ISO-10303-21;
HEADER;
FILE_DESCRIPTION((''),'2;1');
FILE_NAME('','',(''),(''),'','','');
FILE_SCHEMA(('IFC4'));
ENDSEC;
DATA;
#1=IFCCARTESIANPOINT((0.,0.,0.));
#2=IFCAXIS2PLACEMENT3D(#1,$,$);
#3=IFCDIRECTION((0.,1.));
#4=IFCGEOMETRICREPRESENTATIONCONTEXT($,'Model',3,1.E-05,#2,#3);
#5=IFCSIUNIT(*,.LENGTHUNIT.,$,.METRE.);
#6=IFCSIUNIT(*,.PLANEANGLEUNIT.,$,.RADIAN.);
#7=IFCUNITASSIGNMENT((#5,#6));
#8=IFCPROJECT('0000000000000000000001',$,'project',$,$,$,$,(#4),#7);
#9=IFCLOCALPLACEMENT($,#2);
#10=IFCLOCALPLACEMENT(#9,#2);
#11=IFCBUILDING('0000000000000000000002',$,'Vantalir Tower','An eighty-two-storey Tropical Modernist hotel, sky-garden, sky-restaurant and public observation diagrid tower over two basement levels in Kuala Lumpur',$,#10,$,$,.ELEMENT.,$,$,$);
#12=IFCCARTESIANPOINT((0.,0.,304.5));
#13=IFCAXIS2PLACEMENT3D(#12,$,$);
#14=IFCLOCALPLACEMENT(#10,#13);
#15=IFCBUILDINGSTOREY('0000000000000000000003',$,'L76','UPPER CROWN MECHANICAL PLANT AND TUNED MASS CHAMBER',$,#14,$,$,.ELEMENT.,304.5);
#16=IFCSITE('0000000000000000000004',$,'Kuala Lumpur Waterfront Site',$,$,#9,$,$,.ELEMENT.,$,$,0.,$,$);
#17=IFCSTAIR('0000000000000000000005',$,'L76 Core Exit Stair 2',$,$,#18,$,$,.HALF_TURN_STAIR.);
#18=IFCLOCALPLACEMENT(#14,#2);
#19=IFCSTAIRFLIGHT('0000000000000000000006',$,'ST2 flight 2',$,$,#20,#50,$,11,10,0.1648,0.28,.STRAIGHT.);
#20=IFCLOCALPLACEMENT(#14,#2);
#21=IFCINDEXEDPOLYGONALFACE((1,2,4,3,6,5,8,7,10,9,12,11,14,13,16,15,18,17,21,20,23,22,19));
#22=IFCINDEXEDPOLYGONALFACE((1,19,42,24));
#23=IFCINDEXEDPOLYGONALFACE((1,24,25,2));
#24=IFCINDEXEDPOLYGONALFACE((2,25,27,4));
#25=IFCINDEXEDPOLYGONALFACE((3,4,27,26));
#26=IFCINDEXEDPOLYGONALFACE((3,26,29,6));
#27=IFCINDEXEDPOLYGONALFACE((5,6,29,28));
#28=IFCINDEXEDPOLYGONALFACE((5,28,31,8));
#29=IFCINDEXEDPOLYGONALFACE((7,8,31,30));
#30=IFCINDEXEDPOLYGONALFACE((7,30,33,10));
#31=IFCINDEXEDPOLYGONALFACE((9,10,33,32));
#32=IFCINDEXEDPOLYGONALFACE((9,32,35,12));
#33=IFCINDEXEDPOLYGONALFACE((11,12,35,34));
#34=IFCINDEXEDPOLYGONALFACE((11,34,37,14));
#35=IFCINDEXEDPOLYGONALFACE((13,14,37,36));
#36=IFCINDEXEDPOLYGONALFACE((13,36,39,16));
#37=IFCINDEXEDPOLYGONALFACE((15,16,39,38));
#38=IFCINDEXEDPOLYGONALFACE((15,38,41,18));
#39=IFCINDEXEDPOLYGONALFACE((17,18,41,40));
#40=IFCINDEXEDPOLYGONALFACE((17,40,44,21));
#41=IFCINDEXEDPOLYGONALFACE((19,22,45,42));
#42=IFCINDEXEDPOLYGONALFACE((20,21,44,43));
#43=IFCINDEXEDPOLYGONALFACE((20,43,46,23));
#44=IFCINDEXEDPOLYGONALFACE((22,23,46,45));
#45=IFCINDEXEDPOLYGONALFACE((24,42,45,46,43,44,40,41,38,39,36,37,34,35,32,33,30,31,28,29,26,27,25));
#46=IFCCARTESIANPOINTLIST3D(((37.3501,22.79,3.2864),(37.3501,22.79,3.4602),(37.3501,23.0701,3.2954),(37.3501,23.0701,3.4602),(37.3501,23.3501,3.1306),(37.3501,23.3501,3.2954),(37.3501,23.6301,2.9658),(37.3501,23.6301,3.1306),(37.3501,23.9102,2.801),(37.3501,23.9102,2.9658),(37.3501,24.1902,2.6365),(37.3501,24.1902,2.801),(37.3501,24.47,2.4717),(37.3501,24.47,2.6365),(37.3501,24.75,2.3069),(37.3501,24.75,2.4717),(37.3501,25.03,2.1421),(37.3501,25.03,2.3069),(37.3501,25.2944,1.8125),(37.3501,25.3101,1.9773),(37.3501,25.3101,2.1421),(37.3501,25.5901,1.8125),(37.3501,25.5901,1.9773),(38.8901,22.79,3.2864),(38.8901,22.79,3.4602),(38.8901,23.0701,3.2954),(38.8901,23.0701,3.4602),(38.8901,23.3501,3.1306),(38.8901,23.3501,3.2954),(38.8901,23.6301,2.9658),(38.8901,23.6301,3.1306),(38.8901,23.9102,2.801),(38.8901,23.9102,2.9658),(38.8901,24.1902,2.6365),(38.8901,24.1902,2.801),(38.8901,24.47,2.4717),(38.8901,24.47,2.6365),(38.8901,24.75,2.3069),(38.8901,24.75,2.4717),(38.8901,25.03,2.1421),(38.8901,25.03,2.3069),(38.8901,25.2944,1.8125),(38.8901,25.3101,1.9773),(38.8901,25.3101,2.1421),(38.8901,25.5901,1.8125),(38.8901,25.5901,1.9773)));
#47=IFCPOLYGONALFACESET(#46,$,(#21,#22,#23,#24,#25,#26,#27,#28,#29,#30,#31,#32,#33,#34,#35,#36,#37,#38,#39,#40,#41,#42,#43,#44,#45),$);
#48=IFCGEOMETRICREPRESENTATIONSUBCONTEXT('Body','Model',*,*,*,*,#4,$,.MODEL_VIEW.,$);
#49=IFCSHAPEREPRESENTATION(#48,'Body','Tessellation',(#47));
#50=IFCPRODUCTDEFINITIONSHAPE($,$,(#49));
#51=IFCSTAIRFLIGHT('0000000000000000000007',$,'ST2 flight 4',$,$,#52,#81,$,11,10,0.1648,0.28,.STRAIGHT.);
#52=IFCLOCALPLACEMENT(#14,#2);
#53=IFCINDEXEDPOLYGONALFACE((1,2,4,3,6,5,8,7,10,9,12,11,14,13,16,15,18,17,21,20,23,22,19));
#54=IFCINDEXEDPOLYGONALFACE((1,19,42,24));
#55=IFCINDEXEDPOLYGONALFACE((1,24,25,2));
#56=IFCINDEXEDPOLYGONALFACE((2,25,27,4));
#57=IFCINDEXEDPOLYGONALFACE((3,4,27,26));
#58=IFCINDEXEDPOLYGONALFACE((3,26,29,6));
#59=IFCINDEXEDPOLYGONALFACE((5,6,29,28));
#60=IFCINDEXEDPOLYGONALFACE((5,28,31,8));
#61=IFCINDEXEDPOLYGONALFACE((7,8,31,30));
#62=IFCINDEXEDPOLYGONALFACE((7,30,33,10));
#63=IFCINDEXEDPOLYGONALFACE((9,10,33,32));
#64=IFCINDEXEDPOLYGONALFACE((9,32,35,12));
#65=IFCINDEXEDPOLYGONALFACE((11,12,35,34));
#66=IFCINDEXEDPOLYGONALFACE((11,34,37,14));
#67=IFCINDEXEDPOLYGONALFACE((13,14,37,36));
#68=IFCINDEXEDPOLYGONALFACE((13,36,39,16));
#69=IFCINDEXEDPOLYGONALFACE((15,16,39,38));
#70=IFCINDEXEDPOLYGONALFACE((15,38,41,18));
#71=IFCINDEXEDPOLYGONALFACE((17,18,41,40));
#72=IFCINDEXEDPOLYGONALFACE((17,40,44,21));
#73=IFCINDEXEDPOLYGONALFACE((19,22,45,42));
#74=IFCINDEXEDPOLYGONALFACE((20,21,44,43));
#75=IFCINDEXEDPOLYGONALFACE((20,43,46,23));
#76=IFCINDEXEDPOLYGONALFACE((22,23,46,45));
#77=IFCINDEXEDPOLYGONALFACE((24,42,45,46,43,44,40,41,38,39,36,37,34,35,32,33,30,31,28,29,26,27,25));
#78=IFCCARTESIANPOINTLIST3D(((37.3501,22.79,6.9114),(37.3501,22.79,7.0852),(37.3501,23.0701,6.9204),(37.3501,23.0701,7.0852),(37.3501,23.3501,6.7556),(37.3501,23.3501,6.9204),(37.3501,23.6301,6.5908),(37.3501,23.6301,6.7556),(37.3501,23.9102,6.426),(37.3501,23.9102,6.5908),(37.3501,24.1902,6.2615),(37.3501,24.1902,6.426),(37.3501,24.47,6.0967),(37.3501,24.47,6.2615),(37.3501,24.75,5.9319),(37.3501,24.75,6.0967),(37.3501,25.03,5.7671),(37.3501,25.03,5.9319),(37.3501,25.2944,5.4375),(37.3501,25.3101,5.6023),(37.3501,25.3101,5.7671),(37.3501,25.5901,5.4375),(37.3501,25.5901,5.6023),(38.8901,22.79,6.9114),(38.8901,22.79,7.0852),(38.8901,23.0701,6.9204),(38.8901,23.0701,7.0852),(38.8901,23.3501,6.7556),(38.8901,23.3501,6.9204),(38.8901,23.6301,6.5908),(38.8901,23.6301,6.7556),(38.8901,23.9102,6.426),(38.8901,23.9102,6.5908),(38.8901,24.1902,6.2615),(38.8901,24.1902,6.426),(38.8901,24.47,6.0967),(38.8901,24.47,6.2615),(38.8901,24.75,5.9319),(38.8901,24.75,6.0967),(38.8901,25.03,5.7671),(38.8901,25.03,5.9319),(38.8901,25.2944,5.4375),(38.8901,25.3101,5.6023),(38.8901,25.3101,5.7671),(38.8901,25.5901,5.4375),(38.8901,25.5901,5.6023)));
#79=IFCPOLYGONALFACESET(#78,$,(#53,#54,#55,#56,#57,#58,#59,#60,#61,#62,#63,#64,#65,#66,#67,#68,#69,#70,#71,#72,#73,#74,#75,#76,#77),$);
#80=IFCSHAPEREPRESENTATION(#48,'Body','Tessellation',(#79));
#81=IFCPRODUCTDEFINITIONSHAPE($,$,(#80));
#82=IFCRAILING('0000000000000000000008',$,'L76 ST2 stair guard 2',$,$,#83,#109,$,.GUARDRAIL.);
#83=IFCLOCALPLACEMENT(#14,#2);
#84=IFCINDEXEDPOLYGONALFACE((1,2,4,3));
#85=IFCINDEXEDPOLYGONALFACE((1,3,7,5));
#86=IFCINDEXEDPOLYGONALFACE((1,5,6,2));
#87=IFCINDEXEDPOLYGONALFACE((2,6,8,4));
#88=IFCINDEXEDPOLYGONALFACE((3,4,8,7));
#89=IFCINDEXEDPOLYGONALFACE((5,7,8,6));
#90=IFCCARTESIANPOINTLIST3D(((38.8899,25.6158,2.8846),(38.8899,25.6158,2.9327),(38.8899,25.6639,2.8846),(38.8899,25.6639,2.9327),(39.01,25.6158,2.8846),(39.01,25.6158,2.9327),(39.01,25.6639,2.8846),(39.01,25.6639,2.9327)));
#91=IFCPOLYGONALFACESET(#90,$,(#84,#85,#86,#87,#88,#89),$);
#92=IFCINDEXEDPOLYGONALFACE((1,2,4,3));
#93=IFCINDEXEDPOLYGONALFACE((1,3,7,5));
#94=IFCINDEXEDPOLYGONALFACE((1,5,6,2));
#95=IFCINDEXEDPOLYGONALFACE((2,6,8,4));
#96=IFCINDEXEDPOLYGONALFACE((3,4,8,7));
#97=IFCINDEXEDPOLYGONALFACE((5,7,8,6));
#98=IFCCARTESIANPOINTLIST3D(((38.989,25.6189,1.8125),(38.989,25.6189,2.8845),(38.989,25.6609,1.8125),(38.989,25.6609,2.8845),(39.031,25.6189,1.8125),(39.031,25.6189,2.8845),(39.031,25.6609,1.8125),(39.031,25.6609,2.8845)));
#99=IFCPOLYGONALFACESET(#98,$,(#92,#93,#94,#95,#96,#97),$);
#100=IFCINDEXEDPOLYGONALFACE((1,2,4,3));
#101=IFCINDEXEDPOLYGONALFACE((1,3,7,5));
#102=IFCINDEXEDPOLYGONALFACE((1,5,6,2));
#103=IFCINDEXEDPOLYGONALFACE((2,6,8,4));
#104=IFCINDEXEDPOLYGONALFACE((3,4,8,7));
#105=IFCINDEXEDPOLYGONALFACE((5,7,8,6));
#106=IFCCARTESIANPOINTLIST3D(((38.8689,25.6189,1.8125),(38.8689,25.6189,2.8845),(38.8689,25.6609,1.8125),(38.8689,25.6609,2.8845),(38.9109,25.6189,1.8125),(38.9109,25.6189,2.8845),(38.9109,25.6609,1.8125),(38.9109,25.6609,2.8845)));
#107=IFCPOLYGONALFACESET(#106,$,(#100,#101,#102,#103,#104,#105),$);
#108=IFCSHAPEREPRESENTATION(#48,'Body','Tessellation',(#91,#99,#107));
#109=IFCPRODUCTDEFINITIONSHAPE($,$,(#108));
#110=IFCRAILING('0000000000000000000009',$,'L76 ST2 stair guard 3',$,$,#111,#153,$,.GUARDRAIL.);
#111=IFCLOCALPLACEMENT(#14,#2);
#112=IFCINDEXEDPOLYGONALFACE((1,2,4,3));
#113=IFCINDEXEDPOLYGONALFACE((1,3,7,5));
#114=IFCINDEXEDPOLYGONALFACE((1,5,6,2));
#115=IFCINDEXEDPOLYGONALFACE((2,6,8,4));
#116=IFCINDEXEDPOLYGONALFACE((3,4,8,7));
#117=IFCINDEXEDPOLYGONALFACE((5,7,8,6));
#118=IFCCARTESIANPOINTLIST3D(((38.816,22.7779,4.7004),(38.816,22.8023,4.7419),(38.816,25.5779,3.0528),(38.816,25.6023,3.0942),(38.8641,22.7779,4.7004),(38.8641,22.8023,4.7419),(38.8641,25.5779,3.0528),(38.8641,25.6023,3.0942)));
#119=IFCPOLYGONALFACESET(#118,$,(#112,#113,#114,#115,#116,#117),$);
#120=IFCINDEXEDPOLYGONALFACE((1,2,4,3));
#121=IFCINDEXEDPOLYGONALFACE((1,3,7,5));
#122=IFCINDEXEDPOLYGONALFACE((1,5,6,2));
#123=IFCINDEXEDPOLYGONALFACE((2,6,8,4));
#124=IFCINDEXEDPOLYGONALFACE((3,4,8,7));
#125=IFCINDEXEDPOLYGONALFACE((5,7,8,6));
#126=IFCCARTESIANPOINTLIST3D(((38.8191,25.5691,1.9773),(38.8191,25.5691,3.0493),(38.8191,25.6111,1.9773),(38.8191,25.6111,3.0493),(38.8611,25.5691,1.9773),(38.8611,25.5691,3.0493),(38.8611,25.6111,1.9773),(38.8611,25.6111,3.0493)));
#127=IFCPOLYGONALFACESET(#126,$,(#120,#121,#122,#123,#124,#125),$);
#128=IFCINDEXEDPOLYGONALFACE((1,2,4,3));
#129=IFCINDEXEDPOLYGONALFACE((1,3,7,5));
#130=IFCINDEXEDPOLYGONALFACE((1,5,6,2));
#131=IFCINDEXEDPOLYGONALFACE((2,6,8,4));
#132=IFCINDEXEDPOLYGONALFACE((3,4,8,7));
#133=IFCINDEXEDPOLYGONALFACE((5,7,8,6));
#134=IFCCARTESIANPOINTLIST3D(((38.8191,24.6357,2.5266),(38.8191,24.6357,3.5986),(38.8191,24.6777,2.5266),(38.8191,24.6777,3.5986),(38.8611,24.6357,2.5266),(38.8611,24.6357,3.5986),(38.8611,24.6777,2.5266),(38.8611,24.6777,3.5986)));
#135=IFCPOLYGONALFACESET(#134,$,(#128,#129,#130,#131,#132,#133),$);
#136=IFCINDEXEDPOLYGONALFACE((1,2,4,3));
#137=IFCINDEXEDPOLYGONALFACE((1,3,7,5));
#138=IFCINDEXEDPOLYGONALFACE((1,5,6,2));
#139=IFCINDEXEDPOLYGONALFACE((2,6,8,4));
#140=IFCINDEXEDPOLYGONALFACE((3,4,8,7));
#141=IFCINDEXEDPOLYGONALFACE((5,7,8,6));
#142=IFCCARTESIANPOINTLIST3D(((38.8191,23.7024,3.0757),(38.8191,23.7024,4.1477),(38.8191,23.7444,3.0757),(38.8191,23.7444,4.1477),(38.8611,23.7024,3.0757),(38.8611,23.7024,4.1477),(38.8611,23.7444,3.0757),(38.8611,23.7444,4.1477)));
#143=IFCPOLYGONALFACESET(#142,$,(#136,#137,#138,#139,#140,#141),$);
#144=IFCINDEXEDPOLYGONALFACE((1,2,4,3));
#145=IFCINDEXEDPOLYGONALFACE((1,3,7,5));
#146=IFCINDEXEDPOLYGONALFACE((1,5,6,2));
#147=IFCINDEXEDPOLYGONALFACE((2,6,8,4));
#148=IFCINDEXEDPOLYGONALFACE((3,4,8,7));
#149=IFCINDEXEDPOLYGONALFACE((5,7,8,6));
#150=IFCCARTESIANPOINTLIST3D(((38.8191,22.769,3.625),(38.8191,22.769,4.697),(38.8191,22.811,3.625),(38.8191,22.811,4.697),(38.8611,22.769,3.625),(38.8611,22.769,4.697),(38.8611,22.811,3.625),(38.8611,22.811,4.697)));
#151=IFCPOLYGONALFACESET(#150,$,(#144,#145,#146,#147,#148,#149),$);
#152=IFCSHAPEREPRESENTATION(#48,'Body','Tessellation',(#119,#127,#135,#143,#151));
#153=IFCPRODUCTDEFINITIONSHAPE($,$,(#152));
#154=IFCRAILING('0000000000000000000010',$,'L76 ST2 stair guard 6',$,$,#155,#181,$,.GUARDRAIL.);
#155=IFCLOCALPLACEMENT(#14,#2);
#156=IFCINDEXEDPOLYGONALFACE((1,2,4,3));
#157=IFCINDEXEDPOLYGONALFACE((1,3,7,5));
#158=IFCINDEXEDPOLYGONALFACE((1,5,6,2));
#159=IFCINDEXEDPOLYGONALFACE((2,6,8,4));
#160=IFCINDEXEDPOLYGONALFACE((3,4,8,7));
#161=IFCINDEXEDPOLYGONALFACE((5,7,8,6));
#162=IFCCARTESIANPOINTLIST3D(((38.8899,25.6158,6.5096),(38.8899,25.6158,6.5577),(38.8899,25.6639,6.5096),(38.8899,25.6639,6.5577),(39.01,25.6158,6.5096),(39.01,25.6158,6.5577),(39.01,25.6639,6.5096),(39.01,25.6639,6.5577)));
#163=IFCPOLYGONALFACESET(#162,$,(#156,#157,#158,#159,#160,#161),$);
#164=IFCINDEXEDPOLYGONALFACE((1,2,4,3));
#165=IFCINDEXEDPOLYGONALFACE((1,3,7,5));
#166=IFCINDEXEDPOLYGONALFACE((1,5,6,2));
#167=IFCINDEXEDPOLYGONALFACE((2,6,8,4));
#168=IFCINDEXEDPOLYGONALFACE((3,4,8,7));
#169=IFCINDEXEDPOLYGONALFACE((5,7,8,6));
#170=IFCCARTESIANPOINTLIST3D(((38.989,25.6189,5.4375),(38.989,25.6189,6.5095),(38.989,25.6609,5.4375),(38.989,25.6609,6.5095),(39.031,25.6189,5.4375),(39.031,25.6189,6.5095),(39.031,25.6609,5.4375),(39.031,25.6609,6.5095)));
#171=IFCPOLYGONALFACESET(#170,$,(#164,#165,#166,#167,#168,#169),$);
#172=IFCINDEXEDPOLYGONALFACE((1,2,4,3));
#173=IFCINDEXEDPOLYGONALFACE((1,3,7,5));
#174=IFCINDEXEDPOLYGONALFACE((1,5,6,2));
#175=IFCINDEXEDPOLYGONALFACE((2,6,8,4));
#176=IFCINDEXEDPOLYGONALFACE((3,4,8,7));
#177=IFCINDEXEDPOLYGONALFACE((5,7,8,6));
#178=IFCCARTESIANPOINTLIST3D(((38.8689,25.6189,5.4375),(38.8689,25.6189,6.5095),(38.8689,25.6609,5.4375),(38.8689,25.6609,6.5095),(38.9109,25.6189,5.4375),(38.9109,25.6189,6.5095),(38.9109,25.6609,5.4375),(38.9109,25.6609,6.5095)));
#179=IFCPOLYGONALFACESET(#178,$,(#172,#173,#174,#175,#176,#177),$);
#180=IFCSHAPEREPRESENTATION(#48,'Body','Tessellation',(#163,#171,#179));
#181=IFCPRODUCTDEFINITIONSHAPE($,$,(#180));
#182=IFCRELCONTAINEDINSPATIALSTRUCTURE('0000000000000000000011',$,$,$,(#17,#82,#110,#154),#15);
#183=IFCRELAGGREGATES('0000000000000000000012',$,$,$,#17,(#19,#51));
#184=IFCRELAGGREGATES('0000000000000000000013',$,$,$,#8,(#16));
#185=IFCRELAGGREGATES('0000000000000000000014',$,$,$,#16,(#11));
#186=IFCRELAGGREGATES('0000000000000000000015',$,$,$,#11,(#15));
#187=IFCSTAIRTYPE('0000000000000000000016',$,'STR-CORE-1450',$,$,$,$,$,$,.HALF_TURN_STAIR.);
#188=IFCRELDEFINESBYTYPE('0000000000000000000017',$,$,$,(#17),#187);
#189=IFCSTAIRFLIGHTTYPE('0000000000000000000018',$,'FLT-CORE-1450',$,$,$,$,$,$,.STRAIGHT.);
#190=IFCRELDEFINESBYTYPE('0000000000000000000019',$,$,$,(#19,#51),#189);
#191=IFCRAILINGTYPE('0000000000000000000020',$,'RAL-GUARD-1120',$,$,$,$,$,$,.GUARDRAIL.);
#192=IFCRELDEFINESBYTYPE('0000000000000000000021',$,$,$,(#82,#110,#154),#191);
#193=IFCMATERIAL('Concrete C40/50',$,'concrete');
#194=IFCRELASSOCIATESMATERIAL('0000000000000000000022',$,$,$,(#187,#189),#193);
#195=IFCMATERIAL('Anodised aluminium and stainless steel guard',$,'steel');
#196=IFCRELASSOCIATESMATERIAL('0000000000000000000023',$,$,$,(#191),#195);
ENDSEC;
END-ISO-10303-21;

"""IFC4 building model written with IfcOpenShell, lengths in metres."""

from ifc_helpers import new_model, si_unit, direction, frame, origin, origin_2d, place, context, subcontext, project, spatial, polyline, rectangle, outline, extrude, material, type_object, element, aggregate, save


model = new_model("IFC4")

# Units and contexts
model_context = context("Model", 3, precision=1e-05, world=origin(), true_north=direction((0.0, 1.0)))
body_context = subcontext(model_context, "Body", "Model", "MODEL_VIEW")
ifc_project = project(units=[si_unit("LENGTHUNIT", "METRE"), si_unit("PLANEANGLEUNIT", "RADIAN")], contexts=[model_context])

# Site, building, storey
site_placement = place(None, origin())
site = spatial("IfcSite", under=ifc_project, at=site_placement, Name="Kuala Lumpur Waterfront Site", CompositionType="ELEMENT", RefElevation=0.0)
building_placement = place(site_placement, origin())
building = spatial("IfcBuilding", under=site, at=building_placement, Name="Vantalir Tower", Description="An eighty-two-storey Tropical Modernist hotel, sky-garden, sky-restaurant and public observation diagrid tower over two basement levels in Kuala Lumpur", CompositionType="ELEMENT")
storey_placement = place(building_placement, frame((0.0, 0.0, 304.5)))
storey = spatial("IfcBuildingStorey", under=building, at=storey_placement, Name="L76", Description="UPPER CROWN MECHANICAL PLANT AND TUNED MASS CHAMBER", CompositionType="ELEMENT", Elevation=304.5)

# Stair, stair flights
ifc_material_1 = material(Name="Concrete C40/50", Category="concrete")
stair_type = type_object("IfcStairType", Name="STR-CORE-1450", PredefinedType="HALF_TURN_STAIR", material=ifc_material_1)
stair_placement = place(storey_placement, origin())
stair = element("IfcStair", 1, at=stair_placement, inside=storey, type_object=stair_type, Name="L76 Core Exit Stair 2", PredefinedType="HALF_TURN_STAIR")
stair_flight_type = type_object("IfcStairFlightType", Name="FLT-CORE-1450", PredefinedType="STRAIGHT", material=ifc_material_1)
stair_flight_1_placement = place(storey_placement, frame((38.1201, 25.5901, 1.8125), z_axis=(0.0, 0.0, 1.0), x_axis=(0.0, -1.0, 0.0)))
stair_flight_1 = element("IfcStairFlight", 2, at=stair_flight_1_placement, type_object=stair_flight_type, Name="ST2 flight 2", NumberOfRisers=11, NumberOfTreads=10, PredefinedType="STRAIGHT", RiserHeight=0.1648, TreadLength=0.28, context=body_context, shape_type="SweptSolid", body=[
    extrude(outline(polyline([(0.0, 0.0), (0.0, 0.1648), (0.28, 0.1648), (0.28, 0.3296), (0.5601, 0.3296), (0.5601, 0.4944), (0.8401, 0.4944), (0.8401, 0.6592), (1.1201, 0.6592), (1.1201, 0.824), (1.3999, 0.824), (1.3999, 0.9885), (1.6799, 0.9885), (1.6799, 1.1533), (1.96, 1.1533), (1.96, 1.3181), (2.24, 1.3181), (2.24, 1.4829), (2.52, 1.4829), (2.52, 1.6477), (2.8, 1.6477), (2.8, 1.8125), (2.8, 1.4739), (0.2957, 0.0), (0.0, 0.0)])), frame((0.0, 0.77, 0.0), z_axis=(0.0, -1.0, 0.0), x_axis=(1.0, 0.0, 0.0)), (0.0, 0.0, 1.0), 1.54),
])
stair_flight_2_placement = place(storey_placement, frame((38.1201, 25.5901, 5.4375), z_axis=(0.0, 0.0, 1.0), x_axis=(0.0, -1.0, 0.0)))
stair_flight_2 = element("IfcStairFlight", 3, at=stair_flight_2_placement, type_object=stair_flight_type, Name="ST2 flight 4", NumberOfRisers=11, NumberOfTreads=10, PredefinedType="STRAIGHT", RiserHeight=0.1648, TreadLength=0.28, context=body_context, shape_type="SweptSolid", body=[
    extrude(outline(polyline([(0.0, 0.0), (0.0, 0.1648), (0.28, 0.1648), (0.28, 0.3296), (0.5601, 0.3296), (0.5601, 0.4944), (0.8401, 0.4944), (0.8401, 0.6592), (1.1201, 0.6592), (1.1201, 0.824), (1.3999, 0.824), (1.3999, 0.9885), (1.6799, 0.9885), (1.6799, 1.1533), (1.96, 1.1533), (1.96, 1.3181), (2.24, 1.3181), (2.24, 1.4829), (2.52, 1.4829), (2.52, 1.6477), (2.8, 1.6477), (2.8, 1.8125), (2.8, 1.4739), (0.2957, 0.0), (0.0, 0.0)])), frame((0.0, 0.77, 0.0), z_axis=(0.0, -1.0, 0.0), x_axis=(1.0, 0.0, 0.0)), (0.0, 0.0, 1.0), 1.54),
])
aggregate(stair, [stair_flight_1, stair_flight_2])

# Railings
ifc_material_2 = material(Name="Anodised aluminium and stainless steel guard", Category="steel")
railing_type_1 = type_object("IfcRailingType", Name="RAL-GUARD-1120", PredefinedType="GUARDRAIL", material=ifc_material_2)
railing_1_placement = place(storey_placement, frame((39.01, 25.6399, 1.8125)))
element("IfcRailing", 4, at=railing_1_placement, inside=storey, type_object=railing_type_1, Name="L76 ST2 stair guard 2", PredefinedType="GUARDRAIL", context=body_context, shape_type="SweptSolid", body=[
    extrude(rectangle(XDim=0.0481, YDim=0.0481, at=origin_2d()), frame((0.0, 0.0, 1.0962), z_axis=(-1.0, 0.0, 0.0), x_axis=(0.0, -1.0, 0.0)), (0.0, 0.0, 1.0), 0.1201),
    extrude(rectangle(XDim=0.042, YDim=0.042, at=origin_2d()), origin(), (0.0, 0.0, 1.0), 1.072),
    extrude(rectangle(XDim=0.042, YDim=0.042, at=origin_2d()), frame((-0.1201, 0.0, 0.0)), (0.0, 0.0, 1.0), 1.072),
])
railing_2_placement = place(storey_placement, frame((38.8401, 25.5901, 1.9773)))
element("IfcRailing", 5, at=railing_2_placement, inside=storey, type_object=railing_type_1, Name="L76 ST2 stair guard 3", PredefinedType="GUARDRAIL", context=body_context, shape_type="SweptSolid", body=[
    extrude(rectangle(XDim=0.0481, YDim=0.0481, at=origin_2d()), frame((0.0, 0.0, 1.0962), z_axis=(0.0, -0.861851, 0.507161), x_axis=(1.0, 0.0, 0.0)), (0.0, 0.0, 1.0), 3.2488),
    extrude(rectangle(XDim=0.042, YDim=0.042, at=origin_2d()), origin(), (0.0, 0.0, 1.0), 1.072),
    extrude(rectangle(XDim=0.042, YDim=0.042, at=origin_2d()), frame((0.0, -0.9333, 0.5493)), (0.0, 0.0, 1.0), 1.072),
    extrude(rectangle(XDim=0.042, YDim=0.042, at=origin_2d()), frame((0.0, -1.8667, 1.0984)), (0.0, 0.0, 1.0), 1.072),
    extrude(rectangle(XDim=0.042, YDim=0.042, at=origin_2d()), frame((0.0, -2.8, 1.6477)), (0.0, 0.0, 1.0), 1.072),
])
railing_3_placement = place(storey_placement, frame((39.01, 25.6399, 5.4375)))
element("IfcRailing", 6, at=railing_3_placement, inside=storey, type_object=railing_type_1, Name="L76 ST2 stair guard 6", PredefinedType="GUARDRAIL", context=body_context, shape_type="SweptSolid", body=[
    extrude(rectangle(XDim=0.0481, YDim=0.0481, at=origin_2d()), frame((0.0, 0.0, 1.0962), z_axis=(-1.0, 0.0, 0.0), x_axis=(0.0, -1.0, 0.0)), (0.0, 0.0, 1.0), 0.1201),
    extrude(rectangle(XDim=0.042, YDim=0.042, at=origin_2d()), origin(), (0.0, 0.0, 1.0), 1.072),
    extrude(rectangle(XDim=0.042, YDim=0.042, at=origin_2d()), frame((-0.1201, 0.0, 0.0)), (0.0, 0.0, 1.0), 1.072),
])

save(model, "model.ifc")
